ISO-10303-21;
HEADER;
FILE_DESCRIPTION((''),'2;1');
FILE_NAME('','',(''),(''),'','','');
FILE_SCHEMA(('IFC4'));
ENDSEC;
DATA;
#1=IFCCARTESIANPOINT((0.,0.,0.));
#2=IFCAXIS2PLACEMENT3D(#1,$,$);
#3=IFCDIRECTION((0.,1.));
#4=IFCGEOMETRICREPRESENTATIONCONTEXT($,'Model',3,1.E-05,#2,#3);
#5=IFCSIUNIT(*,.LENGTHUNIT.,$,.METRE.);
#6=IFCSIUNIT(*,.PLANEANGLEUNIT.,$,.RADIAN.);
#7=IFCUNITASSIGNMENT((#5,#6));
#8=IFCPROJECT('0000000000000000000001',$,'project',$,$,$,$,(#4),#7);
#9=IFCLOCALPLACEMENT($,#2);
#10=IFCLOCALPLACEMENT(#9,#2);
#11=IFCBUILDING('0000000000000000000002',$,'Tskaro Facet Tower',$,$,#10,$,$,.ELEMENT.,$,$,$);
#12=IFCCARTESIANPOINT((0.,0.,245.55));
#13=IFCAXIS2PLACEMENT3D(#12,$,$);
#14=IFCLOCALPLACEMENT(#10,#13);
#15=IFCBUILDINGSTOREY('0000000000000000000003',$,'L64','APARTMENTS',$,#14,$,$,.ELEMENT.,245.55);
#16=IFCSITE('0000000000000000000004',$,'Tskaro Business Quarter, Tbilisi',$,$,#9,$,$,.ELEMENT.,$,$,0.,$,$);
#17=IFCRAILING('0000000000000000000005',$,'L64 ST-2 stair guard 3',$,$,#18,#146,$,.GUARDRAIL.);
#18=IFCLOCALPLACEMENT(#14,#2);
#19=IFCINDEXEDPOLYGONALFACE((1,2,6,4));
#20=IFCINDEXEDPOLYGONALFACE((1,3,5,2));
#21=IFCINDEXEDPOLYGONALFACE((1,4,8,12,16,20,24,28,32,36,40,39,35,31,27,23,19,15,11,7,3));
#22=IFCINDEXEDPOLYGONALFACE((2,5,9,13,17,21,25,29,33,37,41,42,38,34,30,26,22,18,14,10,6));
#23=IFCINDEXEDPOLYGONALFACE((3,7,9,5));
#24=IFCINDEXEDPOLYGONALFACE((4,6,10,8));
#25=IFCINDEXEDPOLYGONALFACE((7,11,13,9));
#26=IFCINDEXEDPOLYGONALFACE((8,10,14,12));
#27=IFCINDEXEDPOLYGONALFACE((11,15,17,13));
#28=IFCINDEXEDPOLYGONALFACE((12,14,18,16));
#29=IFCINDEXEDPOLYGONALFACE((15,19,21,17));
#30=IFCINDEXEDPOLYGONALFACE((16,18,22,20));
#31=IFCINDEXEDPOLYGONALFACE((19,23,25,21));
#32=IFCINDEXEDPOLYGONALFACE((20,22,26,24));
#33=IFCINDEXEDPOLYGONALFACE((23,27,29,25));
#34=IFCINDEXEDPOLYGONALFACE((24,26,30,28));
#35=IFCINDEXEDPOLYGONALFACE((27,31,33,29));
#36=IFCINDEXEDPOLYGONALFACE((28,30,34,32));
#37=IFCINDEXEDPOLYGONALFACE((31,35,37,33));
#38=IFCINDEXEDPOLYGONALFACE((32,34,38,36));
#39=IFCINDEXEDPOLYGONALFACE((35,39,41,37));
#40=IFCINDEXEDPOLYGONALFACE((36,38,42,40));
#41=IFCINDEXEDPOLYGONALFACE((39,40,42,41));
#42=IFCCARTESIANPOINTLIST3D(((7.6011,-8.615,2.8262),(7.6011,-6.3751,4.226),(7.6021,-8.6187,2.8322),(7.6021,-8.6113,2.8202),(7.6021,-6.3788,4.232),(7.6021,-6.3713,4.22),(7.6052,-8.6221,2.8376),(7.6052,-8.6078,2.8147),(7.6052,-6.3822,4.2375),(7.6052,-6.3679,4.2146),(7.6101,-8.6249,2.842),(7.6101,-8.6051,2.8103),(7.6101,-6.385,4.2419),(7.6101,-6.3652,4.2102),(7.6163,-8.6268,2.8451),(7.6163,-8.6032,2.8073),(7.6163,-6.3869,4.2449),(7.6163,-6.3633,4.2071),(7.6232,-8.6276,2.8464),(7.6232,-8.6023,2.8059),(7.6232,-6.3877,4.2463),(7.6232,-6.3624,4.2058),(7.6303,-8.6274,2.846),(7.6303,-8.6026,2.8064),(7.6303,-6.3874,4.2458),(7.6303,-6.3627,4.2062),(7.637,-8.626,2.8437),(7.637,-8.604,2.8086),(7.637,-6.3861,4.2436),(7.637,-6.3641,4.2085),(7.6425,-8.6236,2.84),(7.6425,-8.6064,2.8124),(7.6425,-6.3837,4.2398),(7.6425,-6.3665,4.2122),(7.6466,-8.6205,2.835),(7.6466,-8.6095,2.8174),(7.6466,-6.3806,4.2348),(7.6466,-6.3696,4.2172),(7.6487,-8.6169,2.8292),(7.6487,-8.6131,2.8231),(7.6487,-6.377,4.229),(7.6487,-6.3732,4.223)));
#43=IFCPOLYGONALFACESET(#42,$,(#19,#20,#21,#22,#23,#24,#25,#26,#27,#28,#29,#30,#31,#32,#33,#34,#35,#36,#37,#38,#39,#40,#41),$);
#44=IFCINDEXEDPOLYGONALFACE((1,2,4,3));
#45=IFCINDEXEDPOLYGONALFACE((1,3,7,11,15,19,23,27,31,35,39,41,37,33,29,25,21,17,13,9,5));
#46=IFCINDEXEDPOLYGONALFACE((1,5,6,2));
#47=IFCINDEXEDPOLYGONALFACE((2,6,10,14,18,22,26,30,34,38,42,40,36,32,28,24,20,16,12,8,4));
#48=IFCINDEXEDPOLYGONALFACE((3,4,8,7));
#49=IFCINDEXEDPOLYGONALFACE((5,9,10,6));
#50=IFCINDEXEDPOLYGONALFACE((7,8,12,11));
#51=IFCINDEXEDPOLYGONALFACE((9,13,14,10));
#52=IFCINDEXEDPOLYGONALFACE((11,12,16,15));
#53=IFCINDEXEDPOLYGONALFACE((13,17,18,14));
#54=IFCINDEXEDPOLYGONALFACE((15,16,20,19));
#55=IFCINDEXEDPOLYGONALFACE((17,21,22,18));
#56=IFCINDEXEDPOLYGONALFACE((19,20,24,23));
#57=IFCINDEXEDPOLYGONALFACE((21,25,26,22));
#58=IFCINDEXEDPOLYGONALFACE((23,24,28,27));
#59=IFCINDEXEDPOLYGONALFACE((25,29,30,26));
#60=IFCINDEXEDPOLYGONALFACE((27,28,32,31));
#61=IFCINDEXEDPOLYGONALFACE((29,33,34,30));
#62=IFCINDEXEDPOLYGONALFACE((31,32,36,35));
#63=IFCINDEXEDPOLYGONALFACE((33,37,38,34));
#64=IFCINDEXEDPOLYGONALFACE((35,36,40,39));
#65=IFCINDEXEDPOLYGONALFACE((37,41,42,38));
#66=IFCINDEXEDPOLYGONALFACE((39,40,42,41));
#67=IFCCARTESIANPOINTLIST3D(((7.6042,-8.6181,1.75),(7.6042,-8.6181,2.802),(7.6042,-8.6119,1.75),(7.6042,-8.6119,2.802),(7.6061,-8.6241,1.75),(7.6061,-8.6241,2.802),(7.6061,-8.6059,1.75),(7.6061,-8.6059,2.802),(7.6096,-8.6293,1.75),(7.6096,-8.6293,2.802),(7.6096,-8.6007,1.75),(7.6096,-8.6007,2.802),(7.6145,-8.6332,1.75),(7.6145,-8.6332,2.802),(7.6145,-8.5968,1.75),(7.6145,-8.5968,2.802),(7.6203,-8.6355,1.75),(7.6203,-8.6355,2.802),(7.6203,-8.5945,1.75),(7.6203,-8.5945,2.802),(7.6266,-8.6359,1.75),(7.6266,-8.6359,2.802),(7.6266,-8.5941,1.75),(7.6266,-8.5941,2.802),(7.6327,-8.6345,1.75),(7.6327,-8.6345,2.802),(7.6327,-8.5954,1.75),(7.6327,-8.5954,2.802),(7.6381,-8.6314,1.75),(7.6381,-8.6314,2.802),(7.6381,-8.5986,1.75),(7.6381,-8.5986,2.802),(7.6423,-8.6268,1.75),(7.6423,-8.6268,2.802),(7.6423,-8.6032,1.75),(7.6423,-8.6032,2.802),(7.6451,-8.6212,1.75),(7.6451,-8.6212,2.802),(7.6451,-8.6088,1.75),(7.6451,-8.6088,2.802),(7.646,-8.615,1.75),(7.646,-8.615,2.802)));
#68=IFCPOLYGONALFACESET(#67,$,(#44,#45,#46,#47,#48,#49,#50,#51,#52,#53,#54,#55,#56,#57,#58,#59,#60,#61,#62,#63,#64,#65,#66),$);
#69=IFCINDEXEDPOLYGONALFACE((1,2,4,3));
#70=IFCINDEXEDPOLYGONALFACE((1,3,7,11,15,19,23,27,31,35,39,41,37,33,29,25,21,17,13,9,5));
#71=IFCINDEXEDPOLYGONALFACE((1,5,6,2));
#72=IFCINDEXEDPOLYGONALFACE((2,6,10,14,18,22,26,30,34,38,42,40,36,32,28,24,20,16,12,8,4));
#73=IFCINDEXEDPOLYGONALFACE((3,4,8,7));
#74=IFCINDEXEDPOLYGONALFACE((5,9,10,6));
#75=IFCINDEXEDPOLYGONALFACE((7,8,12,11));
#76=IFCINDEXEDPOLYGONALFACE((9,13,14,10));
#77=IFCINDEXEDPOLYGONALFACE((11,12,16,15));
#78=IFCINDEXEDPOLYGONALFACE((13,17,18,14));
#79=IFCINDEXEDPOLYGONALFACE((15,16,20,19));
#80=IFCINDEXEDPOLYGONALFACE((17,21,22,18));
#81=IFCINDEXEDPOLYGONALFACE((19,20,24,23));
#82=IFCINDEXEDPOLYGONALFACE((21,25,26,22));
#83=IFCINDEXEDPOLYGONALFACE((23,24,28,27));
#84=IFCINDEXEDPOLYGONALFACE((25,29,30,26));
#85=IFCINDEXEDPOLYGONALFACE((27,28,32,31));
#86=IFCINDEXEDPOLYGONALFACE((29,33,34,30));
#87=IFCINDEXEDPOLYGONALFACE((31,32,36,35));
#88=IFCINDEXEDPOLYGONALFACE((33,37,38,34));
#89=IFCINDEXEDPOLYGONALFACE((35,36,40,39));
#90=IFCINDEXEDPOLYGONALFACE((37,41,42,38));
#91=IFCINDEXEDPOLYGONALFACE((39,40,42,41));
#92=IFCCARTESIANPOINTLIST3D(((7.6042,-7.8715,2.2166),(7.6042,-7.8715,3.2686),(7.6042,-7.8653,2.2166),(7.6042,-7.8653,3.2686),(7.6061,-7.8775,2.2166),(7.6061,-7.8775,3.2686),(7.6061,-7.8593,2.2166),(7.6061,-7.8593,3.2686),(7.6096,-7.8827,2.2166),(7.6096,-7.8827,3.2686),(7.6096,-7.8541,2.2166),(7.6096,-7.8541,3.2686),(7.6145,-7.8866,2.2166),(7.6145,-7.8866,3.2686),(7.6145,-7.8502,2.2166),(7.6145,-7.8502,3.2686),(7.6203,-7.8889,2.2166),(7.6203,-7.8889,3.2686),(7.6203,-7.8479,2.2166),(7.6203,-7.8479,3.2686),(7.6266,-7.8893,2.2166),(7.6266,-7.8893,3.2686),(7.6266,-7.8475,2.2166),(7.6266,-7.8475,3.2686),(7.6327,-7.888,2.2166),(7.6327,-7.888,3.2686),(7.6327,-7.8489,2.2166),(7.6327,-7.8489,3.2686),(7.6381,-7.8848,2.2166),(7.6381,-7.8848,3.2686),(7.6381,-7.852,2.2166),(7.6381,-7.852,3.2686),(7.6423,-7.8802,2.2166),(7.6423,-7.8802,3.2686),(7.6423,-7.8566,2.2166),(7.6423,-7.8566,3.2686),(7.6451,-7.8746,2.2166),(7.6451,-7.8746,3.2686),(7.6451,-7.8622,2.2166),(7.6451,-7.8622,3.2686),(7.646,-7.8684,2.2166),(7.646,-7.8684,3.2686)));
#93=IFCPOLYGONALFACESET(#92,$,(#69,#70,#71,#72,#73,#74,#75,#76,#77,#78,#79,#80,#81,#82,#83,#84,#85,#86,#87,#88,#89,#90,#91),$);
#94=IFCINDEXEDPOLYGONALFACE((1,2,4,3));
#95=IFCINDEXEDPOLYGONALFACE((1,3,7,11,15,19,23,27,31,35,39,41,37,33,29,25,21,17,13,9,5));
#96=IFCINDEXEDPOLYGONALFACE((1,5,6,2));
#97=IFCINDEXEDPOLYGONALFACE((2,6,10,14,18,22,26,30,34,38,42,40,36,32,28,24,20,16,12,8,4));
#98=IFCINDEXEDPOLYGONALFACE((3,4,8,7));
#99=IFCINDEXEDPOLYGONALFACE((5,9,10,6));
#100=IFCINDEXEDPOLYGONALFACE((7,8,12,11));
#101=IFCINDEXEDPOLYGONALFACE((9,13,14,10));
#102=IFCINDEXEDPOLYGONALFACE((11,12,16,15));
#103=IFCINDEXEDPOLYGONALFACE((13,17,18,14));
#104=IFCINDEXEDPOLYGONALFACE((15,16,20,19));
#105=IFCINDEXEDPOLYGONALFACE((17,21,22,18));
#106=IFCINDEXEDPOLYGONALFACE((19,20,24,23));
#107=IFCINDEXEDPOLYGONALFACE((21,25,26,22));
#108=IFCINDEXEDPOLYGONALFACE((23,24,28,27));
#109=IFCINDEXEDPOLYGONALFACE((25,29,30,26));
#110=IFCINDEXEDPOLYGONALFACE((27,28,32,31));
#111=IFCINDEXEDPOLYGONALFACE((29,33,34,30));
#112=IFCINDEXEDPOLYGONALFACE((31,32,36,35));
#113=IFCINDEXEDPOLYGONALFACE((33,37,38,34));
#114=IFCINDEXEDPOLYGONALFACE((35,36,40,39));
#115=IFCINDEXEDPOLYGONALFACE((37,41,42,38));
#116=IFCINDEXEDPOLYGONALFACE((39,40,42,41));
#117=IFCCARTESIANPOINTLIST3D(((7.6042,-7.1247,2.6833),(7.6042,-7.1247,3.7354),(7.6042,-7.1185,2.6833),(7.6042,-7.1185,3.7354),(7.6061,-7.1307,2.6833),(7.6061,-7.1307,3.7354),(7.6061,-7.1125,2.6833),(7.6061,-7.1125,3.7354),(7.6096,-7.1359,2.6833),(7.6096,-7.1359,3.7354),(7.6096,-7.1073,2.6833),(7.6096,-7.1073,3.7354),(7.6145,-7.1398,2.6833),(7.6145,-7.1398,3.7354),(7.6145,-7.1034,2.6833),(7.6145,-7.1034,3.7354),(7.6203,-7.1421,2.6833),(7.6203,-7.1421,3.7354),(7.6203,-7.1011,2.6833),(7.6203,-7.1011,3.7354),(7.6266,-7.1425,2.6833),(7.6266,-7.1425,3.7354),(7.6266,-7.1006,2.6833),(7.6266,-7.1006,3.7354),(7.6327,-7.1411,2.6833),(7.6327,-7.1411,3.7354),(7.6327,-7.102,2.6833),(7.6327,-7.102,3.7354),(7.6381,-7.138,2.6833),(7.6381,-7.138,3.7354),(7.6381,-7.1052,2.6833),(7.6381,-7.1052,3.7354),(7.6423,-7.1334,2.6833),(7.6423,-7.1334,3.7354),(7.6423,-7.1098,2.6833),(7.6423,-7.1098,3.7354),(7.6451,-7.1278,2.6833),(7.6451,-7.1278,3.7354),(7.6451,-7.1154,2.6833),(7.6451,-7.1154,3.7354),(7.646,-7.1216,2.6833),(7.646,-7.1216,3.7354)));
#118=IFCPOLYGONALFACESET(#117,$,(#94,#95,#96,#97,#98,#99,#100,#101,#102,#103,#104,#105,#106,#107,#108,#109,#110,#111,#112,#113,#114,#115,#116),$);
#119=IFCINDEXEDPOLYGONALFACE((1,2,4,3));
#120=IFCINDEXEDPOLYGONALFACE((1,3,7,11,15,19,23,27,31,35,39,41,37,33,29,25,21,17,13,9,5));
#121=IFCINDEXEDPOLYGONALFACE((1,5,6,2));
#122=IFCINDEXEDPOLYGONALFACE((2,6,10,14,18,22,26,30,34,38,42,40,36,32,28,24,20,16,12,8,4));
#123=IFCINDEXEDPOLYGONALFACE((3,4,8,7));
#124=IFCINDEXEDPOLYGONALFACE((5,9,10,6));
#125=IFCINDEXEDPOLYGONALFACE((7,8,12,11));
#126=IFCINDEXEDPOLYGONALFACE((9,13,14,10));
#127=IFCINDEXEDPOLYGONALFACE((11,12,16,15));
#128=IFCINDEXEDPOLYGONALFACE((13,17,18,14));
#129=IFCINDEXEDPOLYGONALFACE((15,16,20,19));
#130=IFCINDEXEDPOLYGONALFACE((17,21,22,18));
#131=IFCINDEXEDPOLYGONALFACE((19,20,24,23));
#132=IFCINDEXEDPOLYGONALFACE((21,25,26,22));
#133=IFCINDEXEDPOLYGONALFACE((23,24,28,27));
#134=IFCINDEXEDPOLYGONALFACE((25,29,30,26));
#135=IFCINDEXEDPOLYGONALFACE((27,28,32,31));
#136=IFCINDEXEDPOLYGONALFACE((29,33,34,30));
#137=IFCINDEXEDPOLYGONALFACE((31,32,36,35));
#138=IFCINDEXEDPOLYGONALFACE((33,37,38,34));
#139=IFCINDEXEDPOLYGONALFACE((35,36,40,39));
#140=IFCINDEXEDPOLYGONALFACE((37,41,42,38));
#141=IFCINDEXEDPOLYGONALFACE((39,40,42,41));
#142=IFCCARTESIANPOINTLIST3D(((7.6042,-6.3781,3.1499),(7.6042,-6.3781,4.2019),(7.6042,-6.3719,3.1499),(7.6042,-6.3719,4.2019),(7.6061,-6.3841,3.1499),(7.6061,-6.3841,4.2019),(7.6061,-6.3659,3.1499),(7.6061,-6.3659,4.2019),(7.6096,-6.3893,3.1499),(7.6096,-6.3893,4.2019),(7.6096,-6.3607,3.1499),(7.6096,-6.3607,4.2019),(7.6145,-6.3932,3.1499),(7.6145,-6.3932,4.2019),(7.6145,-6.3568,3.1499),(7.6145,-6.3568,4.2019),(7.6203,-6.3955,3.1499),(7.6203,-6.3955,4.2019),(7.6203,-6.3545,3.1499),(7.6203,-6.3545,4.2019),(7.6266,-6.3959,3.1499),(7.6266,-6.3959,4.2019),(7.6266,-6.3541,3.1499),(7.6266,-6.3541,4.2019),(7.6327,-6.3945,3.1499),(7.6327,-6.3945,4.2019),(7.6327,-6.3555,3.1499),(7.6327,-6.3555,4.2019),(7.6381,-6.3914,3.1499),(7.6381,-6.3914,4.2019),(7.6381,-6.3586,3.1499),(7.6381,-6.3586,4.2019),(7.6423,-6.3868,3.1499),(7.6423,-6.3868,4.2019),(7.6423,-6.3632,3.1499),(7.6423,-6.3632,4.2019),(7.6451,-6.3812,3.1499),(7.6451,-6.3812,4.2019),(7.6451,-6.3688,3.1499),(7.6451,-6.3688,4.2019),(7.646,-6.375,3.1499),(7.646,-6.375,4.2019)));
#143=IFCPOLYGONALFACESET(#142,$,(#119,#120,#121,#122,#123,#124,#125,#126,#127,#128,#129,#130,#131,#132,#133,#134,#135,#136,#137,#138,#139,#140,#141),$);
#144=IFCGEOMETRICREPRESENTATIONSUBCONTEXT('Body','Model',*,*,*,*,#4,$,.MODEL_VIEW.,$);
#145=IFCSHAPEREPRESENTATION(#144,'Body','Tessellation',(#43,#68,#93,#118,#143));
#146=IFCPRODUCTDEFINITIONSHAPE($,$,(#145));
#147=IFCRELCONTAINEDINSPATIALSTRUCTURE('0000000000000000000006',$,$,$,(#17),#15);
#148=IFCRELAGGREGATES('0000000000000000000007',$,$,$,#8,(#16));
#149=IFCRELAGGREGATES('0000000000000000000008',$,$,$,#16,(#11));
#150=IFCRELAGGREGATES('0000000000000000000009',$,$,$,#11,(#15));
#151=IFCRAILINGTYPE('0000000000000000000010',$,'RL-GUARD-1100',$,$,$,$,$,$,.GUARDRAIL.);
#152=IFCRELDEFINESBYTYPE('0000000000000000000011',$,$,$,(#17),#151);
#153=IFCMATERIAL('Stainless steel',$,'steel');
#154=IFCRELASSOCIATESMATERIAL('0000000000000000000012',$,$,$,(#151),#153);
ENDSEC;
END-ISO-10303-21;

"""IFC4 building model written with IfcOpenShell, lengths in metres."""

from ifc_helpers import new_model, si_unit, direction, frame, origin, origin_2d, place, context, subcontext, project, spatial, circle, extrude, material, type_object, element, save


model = new_model("IFC4")

# Units and contexts
model_context = context("Model", 3, precision=1e-05, world=origin(), true_north=direction((0.0, 1.0)))
body_context = subcontext(model_context, "Body", "Model", "MODEL_VIEW")
ifc_project = project(units=[si_unit("LENGTHUNIT", "METRE"), si_unit("PLANEANGLEUNIT", "RADIAN")], contexts=[model_context])

# Site, building, storey
site_placement = place(None, origin())
site = spatial("IfcSite", under=ifc_project, at=site_placement, Name="Tskaro Business Quarter, Tbilisi", CompositionType="ELEMENT", RefElevation=0.0)
building_placement = place(site_placement, origin())
building = spatial("IfcBuilding", under=site, at=building_placement, Name="Tskaro Facet Tower", CompositionType="ELEMENT")
storey_placement = place(building_placement, frame((0.0, 0.0, 245.55)))
storey = spatial("IfcBuildingStorey", under=building, at=storey_placement, Name="L64", Description="APARTMENTS", CompositionType="ELEMENT", Elevation=245.55)

# Railing
ifc_material_1 = material(Name="Stainless steel", Category="steel")
railing_type = type_object("IfcRailingType", Name="RL-GUARD-1100", PredefinedType="GUARDRAIL", material=ifc_material_1)
railing_1_placement = place(storey_placement, frame((7.625, -8.615, 1.75)))
element("IfcRailing", 1, at=railing_1_placement, inside=storey, type_object=railing_type, Name="L64 ST-2 stair guard 3", PredefinedType="GUARDRAIL", context=body_context, shape_type="SweptSolid", body=[
    extrude(circle(Radius=0.0239, at=origin_2d()), frame((0.0, 0.0, 1.0762), z_axis=(0.0, 0.848014, 0.529974), x_axis=(-1.0, 0.0, 0.0)), (0.0, 0.0, 1.0), 2.6414),
    extrude(circle(Radius=0.021, at=origin_2d()), origin(), (0.0, 0.0, 1.0), 1.052),
    extrude(circle(Radius=0.021, at=origin_2d()), frame((0.0, 0.7466, 0.4666)), (0.0, 0.0, 1.0), 1.052),
    extrude(circle(Radius=0.021, at=origin_2d()), frame((0.0, 1.4934, 0.9333)), (0.0, 0.0, 1.0), 1.052),
    extrude(circle(Radius=0.021, at=origin_2d()), frame((0.0, 2.24, 1.3999)), (0.0, 0.0, 1.0), 1.052),
])

save(model, "model.ifc")
